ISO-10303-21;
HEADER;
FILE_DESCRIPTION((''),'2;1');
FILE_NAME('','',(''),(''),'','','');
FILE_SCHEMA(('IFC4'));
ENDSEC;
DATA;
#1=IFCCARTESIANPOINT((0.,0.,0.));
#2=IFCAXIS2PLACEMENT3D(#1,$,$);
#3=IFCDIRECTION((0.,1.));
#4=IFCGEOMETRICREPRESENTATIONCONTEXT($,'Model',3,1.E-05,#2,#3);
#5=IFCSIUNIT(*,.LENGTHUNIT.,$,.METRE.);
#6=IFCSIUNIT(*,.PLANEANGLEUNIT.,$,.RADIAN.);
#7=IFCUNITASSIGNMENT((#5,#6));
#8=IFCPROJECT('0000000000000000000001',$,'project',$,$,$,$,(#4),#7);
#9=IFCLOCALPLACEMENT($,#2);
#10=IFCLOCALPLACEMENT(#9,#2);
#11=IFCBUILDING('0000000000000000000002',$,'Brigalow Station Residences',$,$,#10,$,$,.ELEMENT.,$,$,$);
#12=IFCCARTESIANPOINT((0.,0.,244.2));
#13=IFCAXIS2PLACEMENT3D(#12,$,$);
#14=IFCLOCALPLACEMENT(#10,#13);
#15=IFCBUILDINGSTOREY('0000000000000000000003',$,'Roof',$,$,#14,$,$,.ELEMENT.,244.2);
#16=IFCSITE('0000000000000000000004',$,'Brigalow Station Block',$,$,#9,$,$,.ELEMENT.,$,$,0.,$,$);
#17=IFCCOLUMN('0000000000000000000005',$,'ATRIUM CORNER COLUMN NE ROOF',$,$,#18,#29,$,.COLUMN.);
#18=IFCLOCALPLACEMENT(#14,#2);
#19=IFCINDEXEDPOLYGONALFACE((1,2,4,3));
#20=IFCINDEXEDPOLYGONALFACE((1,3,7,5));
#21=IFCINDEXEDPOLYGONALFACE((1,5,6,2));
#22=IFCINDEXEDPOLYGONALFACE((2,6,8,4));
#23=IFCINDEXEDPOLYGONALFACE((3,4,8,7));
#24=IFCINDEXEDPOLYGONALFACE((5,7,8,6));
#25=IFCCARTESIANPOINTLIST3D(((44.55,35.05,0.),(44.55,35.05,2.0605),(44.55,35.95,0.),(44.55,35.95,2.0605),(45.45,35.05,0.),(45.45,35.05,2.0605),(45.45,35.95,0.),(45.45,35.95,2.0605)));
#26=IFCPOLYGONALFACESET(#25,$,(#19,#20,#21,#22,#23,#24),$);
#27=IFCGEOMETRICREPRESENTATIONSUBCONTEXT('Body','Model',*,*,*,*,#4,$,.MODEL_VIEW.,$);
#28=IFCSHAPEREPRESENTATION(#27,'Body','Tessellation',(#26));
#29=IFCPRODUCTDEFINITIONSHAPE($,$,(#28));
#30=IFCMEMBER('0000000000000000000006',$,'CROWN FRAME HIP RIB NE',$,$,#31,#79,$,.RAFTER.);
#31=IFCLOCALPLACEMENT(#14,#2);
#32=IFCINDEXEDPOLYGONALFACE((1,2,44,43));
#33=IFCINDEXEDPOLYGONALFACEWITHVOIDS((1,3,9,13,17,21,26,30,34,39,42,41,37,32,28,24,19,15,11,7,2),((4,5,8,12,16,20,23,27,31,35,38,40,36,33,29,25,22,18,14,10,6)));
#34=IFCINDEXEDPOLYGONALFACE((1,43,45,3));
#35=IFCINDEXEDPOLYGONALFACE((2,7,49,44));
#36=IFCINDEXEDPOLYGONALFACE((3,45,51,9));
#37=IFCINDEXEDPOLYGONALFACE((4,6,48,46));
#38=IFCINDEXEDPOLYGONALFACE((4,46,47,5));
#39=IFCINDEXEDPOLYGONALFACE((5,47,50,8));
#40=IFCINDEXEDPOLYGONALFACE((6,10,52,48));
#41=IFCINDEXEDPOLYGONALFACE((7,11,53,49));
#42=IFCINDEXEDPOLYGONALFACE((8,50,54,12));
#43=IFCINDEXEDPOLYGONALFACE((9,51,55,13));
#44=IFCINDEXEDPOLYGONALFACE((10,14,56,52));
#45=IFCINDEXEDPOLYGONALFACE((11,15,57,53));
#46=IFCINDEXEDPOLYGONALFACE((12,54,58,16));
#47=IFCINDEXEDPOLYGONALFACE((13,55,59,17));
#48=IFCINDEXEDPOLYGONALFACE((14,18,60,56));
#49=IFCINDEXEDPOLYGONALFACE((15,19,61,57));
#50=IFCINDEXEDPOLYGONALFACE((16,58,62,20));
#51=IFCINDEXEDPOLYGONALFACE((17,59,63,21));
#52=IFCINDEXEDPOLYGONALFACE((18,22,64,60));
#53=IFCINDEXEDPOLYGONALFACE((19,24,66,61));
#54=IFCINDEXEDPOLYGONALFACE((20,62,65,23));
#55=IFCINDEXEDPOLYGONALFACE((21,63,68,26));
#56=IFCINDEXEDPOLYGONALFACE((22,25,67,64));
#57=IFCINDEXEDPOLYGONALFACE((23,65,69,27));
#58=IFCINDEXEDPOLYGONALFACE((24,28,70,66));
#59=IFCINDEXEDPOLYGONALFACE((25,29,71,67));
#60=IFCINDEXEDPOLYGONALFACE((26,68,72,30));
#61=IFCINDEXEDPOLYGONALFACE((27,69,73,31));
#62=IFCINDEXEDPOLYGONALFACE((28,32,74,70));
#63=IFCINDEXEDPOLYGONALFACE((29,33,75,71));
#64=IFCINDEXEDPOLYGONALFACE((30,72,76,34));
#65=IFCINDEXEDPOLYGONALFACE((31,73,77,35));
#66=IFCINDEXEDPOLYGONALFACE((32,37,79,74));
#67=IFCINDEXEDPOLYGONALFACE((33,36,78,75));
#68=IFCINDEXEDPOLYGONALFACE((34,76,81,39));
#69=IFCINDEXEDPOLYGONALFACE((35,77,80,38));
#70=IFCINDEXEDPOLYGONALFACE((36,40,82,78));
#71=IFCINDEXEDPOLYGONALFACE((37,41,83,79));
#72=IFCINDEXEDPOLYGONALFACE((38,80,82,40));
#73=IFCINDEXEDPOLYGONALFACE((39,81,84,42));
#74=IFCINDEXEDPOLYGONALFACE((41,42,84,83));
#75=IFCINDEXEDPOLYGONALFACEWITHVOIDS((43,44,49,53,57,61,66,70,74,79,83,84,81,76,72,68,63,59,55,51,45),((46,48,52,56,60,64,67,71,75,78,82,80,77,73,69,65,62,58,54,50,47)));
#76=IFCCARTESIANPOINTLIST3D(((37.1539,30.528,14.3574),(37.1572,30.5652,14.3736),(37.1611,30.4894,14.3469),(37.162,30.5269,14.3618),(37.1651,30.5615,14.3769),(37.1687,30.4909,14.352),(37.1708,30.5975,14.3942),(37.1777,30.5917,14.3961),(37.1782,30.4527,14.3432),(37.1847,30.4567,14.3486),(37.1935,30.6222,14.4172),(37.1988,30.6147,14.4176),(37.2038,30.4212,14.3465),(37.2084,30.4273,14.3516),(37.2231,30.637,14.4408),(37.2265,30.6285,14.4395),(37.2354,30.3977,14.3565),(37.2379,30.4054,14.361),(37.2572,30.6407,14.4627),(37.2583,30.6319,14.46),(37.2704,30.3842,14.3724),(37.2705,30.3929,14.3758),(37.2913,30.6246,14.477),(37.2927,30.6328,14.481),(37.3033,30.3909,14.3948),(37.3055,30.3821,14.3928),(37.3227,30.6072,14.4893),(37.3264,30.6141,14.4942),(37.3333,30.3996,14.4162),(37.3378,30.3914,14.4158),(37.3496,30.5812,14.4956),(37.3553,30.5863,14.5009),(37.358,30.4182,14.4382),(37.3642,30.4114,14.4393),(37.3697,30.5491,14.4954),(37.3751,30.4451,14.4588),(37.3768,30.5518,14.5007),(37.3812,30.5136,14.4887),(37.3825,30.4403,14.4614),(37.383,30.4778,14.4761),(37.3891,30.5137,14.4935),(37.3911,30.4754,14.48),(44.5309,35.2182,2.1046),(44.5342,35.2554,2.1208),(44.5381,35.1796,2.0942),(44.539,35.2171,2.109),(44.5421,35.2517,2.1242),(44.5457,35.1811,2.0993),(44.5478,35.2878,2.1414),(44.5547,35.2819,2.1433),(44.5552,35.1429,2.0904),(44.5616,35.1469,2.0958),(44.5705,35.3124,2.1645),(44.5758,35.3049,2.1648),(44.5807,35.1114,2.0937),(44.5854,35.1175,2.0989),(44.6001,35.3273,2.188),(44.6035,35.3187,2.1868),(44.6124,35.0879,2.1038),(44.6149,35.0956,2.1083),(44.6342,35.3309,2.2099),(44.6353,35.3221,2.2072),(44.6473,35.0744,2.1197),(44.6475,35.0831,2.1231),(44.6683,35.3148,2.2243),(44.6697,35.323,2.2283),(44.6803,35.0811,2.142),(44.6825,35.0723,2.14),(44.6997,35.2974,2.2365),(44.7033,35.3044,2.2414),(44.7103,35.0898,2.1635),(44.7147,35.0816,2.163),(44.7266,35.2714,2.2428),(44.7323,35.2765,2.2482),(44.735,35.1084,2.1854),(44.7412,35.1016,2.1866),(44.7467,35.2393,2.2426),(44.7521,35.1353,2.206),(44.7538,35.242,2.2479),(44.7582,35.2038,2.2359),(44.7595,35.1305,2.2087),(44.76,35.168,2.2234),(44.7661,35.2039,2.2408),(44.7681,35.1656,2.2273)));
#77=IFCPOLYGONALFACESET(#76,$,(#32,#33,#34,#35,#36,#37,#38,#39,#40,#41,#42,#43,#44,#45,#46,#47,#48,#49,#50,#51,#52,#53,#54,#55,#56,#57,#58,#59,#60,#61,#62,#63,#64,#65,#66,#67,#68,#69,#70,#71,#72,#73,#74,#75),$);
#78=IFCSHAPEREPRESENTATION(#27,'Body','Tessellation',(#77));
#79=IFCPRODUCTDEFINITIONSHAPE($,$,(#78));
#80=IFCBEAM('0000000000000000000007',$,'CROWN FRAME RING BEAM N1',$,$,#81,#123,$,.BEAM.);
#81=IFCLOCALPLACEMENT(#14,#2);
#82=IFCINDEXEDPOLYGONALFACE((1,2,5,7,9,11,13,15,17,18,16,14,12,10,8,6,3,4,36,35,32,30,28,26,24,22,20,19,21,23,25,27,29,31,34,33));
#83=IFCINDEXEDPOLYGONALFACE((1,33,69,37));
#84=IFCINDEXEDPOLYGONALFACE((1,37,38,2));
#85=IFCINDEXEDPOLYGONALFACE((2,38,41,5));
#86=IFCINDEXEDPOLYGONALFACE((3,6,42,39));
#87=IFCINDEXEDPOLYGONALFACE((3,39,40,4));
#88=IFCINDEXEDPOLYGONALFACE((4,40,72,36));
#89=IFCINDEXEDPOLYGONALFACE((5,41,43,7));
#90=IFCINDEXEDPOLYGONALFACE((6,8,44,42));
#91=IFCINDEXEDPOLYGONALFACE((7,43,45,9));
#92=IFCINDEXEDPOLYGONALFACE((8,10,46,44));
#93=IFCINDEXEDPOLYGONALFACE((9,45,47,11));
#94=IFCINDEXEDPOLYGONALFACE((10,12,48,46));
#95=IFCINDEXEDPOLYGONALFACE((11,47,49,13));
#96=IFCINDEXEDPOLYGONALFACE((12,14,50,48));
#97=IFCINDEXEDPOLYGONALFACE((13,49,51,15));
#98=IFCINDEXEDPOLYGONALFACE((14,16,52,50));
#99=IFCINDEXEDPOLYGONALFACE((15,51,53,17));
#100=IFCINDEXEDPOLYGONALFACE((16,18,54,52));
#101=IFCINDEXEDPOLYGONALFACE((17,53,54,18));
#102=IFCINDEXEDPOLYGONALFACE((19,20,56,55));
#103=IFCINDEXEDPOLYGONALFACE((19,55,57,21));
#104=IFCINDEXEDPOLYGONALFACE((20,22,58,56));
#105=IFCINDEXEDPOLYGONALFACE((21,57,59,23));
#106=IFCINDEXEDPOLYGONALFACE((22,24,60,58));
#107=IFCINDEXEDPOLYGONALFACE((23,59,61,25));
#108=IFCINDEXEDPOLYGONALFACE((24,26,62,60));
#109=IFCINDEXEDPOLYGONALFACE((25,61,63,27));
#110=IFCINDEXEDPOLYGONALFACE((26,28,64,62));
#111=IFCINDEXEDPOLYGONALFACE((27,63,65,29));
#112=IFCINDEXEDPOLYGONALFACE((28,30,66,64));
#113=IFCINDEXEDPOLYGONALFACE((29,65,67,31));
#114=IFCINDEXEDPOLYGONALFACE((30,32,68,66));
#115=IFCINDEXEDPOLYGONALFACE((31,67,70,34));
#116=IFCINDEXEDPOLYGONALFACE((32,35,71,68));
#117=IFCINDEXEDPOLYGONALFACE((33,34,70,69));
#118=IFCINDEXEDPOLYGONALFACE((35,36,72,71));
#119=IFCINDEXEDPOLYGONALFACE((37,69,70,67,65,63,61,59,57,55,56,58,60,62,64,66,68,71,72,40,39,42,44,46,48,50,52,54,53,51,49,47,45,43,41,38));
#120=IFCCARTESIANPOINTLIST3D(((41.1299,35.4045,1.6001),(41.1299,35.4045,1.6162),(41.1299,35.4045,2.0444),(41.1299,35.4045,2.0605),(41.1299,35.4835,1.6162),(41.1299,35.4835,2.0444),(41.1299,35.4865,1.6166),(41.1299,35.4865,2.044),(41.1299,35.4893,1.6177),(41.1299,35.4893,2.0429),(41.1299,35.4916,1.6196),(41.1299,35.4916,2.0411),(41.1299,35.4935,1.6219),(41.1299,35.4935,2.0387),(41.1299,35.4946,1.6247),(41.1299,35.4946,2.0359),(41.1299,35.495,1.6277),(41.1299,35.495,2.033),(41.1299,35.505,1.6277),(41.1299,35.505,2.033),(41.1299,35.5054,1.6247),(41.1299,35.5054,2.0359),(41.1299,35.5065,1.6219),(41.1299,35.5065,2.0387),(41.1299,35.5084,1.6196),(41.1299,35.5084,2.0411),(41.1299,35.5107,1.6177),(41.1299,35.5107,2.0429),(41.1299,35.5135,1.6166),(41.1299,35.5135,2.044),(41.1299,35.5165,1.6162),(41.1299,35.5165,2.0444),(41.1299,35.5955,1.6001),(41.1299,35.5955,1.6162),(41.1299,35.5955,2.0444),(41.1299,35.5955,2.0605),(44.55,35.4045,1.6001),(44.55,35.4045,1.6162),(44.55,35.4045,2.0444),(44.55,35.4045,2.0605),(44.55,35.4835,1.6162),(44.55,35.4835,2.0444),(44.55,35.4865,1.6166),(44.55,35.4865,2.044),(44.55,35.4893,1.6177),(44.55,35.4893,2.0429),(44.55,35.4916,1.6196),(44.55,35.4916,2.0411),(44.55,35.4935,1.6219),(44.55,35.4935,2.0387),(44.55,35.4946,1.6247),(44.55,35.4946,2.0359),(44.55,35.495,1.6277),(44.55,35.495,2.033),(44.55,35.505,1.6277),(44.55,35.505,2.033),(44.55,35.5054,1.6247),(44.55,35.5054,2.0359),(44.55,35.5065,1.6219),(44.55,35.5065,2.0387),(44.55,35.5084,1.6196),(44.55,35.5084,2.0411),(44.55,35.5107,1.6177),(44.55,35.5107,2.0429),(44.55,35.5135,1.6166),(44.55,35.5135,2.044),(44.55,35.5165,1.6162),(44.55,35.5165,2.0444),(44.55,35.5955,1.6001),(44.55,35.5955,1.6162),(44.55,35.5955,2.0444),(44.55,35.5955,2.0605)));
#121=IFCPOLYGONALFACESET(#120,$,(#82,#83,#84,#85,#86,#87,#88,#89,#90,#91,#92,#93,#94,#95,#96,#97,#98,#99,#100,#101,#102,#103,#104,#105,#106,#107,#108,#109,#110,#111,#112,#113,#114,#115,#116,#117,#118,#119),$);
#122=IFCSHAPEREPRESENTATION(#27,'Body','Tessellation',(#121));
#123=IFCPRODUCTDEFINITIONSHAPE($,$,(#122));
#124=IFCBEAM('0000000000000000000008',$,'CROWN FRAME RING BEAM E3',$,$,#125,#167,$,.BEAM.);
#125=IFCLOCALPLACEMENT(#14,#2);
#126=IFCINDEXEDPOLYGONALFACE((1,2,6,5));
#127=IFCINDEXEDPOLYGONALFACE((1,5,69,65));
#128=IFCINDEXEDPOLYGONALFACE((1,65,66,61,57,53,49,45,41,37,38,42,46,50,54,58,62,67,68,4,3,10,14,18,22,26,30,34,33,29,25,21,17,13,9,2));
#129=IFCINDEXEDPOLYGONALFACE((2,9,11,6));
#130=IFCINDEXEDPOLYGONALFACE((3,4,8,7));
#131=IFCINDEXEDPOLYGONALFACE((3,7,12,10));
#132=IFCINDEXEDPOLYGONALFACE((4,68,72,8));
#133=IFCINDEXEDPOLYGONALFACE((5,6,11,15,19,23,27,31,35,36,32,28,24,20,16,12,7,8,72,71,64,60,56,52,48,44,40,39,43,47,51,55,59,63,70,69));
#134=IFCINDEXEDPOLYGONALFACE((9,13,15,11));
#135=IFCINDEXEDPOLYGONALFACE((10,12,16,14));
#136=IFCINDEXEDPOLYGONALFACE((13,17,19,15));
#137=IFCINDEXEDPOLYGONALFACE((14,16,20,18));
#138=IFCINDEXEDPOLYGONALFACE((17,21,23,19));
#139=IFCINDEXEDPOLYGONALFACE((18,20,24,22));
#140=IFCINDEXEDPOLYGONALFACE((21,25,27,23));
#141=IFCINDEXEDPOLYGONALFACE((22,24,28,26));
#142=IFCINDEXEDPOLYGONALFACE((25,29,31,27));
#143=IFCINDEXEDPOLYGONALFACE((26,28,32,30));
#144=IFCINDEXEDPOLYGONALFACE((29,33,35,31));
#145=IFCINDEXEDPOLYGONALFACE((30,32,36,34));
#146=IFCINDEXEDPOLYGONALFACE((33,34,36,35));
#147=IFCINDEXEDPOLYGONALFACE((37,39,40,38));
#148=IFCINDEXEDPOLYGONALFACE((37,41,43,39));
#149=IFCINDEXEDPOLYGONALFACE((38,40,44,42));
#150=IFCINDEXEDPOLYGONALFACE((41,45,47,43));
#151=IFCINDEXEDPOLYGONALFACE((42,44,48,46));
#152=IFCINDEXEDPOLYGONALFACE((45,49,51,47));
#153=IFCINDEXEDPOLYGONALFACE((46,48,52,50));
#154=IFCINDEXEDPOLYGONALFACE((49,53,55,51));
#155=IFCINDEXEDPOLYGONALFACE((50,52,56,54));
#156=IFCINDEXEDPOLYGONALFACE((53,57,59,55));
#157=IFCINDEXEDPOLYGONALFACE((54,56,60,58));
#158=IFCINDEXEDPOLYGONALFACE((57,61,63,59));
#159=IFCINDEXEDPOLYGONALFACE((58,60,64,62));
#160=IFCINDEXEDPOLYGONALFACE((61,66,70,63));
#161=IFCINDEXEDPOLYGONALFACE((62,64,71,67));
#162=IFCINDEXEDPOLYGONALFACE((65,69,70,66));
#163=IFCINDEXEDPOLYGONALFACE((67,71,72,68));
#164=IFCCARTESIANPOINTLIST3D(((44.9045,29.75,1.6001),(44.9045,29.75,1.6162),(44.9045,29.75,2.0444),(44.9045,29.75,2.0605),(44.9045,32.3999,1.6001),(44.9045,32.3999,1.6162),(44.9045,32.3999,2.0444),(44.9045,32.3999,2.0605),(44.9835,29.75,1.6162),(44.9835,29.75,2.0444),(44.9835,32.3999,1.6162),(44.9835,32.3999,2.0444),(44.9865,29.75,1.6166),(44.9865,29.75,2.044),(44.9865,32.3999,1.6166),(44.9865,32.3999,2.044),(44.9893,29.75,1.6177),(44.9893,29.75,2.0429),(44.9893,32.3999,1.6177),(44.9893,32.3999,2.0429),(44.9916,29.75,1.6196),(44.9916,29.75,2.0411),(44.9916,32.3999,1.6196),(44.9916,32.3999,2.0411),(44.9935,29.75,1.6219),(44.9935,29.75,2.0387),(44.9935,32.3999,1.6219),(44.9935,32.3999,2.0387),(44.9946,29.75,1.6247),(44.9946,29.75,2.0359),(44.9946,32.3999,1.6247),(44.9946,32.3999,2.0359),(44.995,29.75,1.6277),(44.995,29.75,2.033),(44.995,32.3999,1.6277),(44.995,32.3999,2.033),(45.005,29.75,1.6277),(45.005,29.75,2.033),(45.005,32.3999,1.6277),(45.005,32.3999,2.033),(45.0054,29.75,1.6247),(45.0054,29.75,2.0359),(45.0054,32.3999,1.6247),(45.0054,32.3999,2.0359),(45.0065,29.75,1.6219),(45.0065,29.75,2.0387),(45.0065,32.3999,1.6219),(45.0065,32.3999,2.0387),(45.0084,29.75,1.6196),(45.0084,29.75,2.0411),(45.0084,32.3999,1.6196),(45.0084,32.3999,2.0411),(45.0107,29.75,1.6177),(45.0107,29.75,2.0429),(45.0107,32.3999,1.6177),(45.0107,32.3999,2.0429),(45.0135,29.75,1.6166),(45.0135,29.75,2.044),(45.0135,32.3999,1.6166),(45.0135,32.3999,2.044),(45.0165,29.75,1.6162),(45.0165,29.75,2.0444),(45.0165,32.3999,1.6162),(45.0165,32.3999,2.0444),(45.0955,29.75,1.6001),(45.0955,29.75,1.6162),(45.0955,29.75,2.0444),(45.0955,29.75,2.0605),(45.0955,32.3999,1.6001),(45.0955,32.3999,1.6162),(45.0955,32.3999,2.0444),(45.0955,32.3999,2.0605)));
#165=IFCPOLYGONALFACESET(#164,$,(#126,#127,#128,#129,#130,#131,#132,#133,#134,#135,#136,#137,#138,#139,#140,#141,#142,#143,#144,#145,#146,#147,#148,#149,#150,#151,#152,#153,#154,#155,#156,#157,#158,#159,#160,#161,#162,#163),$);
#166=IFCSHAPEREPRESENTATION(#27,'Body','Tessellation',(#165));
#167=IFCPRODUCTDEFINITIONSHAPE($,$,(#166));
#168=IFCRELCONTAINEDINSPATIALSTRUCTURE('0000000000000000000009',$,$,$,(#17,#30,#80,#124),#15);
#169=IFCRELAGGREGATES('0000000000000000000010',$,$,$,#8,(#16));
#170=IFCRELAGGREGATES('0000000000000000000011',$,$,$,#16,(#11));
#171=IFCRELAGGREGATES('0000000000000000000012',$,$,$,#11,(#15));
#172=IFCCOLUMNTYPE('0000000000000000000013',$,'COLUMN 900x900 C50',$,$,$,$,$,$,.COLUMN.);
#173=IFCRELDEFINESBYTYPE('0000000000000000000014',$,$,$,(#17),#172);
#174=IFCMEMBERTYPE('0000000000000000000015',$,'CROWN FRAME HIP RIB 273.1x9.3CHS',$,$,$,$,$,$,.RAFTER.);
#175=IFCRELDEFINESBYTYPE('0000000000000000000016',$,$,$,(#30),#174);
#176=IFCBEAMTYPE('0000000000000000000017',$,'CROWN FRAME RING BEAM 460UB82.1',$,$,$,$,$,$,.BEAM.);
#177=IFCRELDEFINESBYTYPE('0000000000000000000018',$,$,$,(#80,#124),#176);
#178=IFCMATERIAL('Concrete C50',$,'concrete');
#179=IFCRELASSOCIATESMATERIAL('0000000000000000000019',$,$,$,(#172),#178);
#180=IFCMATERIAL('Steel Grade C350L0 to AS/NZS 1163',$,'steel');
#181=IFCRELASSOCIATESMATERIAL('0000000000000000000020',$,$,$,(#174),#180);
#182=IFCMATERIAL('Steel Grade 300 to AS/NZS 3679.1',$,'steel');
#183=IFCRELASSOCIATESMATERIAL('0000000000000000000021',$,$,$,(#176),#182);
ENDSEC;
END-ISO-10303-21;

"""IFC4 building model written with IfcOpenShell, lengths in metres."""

from ifc_helpers import new_model, si_unit, direction, frame, origin, origin_2d, place, context, subcontext, project, spatial, rectangle, hollow_circle, i_section, extrude, material, material_profile, profile_set, type_object, element, save


model = new_model("IFC4")

# Units and contexts
model_context = context("Model", 3, precision=1e-05, world=origin(), true_north=direction((0.0, 1.0)))
body_context = subcontext(model_context, "Body", "Model", "MODEL_VIEW")
ifc_project = project(units=[si_unit("LENGTHUNIT", "METRE"), si_unit("PLANEANGLEUNIT", "RADIAN")], contexts=[model_context])

# Site, building, storey
site_placement = place(None, origin())
site = spatial("IfcSite", under=ifc_project, at=site_placement, Name="Brigalow Station Block", CompositionType="ELEMENT", RefElevation=0.0)
building_placement = place(site_placement, origin())
building = spatial("IfcBuilding", under=site, at=building_placement, Name="Brigalow Station Residences", CompositionType="ELEMENT")
storey_placement = place(building_placement, frame((0.0, 0.0, 244.2)))
storey = spatial("IfcBuildingStorey", under=building, at=storey_placement, Name="Roof", CompositionType="ELEMENT", Elevation=244.2)

# Column
ifc_material_1 = material(Name="Concrete C50", Category="concrete")
ifc_material_profile_1 = material_profile(ifc_material_1, rectangle(XDim=0.8999, YDim=0.8999, at=origin_2d()), Name="RC900x900")
ifc_profile_set_1 = profile_set([ifc_material_profile_1], Name="Concrete C50")
column_type = type_object("IfcColumnType", Name="COLUMN 900x900 C50", PredefinedType="COLUMN", material=ifc_profile_set_1)
column_placement = place(storey_placement, frame((45.0, 35.5, 0.0), z_axis=(0.0, 0.0, 1.0), x_axis=(1.0, 0.0, 0.0)))
element("IfcColumn", 1, at=column_placement, inside=storey, type_object=column_type, Name="ATRIUM CORNER COLUMN NE ROOF", PredefinedType="COLUMN", context=body_context, shape_type="SweptSolid", body=[
    extrude(rectangle(XDim=0.8999, YDim=0.8999, at=origin_2d()), origin(), (0.0, 0.0, 1.0), 2.0605),
])

# Member
ifc_material_2 = material(Name="Steel Grade C350L0 to AS/NZS 1163", Category="steel")
ifc_material_profile_2 = material_profile(ifc_material_2, hollow_circle(Radius=0.1365, WallThickness=0.0093, at=origin_2d()), Name="273.1x9.3CHS")
ifc_profile_set_2 = profile_set([ifc_material_profile_2], Name="Steel Grade C350L0 to AS/NZS 1163")
member_type_1 = type_object("IfcMemberType", Name="CROWN FRAME HIP RIB 273.1x9.3CHS", PredefinedType="RAFTER", material=ifc_profile_set_2)
member_1_placement = place(storey_placement, frame((44.6497, 35.2014, 2.1697), z_axis=(-0.490116, -0.311611, 0.814055), x_axis=(0.670788, -0.731216, 0.123959)))
element("IfcMember", 2, at=member_1_placement, inside=storey, type_object=member_type_1, Name="CROWN FRAME HIP RIB NE", PredefinedType="RAFTER", context=body_context, shape_type="SweptSolid", body=[
    extrude(hollow_circle(Radius=0.1365, WallThickness=0.0093, at=origin_2d()), origin(), (0.0, 0.0, 1.0), 15.0515),
])

# Beams
ifc_material_3 = material(Name="Steel Grade 300 to AS/NZS 3679.1", Category="steel")
ifc_material_profile_3 = material_profile(ifc_material_3, i_section(OverallWidth=0.1909, OverallDepth=0.4604, WebThickness=0.01, FlangeThickness=0.0161, FilletRadius=0.0115, at=origin_2d()), Name="460UB82.1")
ifc_profile_set_3 = profile_set([ifc_material_profile_3], Name="Steel Grade 300 to AS/NZS 3679.1")
beam_type_1 = type_object("IfcBeamType", Name="CROWN FRAME RING BEAM 460UB82.1", PredefinedType="BEAM", material=ifc_profile_set_3)
beam_1_placement = place(storey_placement, frame((44.55, 35.5, 1.8303), z_axis=(-1.0, 0.0, 0.0), x_axis=(0.0, -1.0, 0.0)))
element("IfcBeam", 3, at=beam_1_placement, inside=storey, type_object=beam_type_1, Name="CROWN FRAME RING BEAM N1", PredefinedType="BEAM", context=body_context, shape_type="SweptSolid", body=[
    extrude(i_section(OverallWidth=0.1909, OverallDepth=0.4604, WebThickness=0.01, FlangeThickness=0.0161, FilletRadius=0.0115, at=origin_2d()), origin(), (0.0, 0.0, 1.0), 3.4202),
])
beam_2_placement = place(storey_placement, frame((45.0, 29.75, 1.8303), z_axis=(0.0, 1.0, 0.0), x_axis=(-1.0, 0.0, 0.0)))
element("IfcBeam", 4, at=beam_2_placement, inside=storey, type_object=beam_type_1, Name="CROWN FRAME RING BEAM E3", PredefinedType="BEAM", context=body_context, shape_type="SweptSolid", body=[
    extrude(i_section(OverallWidth=0.1909, OverallDepth=0.4604, WebThickness=0.01, FlangeThickness=0.0161, FilletRadius=0.0115, at=origin_2d()), origin(), (0.0, 0.0, 1.0), 2.6499),
])

save(model, "model.ifc")
